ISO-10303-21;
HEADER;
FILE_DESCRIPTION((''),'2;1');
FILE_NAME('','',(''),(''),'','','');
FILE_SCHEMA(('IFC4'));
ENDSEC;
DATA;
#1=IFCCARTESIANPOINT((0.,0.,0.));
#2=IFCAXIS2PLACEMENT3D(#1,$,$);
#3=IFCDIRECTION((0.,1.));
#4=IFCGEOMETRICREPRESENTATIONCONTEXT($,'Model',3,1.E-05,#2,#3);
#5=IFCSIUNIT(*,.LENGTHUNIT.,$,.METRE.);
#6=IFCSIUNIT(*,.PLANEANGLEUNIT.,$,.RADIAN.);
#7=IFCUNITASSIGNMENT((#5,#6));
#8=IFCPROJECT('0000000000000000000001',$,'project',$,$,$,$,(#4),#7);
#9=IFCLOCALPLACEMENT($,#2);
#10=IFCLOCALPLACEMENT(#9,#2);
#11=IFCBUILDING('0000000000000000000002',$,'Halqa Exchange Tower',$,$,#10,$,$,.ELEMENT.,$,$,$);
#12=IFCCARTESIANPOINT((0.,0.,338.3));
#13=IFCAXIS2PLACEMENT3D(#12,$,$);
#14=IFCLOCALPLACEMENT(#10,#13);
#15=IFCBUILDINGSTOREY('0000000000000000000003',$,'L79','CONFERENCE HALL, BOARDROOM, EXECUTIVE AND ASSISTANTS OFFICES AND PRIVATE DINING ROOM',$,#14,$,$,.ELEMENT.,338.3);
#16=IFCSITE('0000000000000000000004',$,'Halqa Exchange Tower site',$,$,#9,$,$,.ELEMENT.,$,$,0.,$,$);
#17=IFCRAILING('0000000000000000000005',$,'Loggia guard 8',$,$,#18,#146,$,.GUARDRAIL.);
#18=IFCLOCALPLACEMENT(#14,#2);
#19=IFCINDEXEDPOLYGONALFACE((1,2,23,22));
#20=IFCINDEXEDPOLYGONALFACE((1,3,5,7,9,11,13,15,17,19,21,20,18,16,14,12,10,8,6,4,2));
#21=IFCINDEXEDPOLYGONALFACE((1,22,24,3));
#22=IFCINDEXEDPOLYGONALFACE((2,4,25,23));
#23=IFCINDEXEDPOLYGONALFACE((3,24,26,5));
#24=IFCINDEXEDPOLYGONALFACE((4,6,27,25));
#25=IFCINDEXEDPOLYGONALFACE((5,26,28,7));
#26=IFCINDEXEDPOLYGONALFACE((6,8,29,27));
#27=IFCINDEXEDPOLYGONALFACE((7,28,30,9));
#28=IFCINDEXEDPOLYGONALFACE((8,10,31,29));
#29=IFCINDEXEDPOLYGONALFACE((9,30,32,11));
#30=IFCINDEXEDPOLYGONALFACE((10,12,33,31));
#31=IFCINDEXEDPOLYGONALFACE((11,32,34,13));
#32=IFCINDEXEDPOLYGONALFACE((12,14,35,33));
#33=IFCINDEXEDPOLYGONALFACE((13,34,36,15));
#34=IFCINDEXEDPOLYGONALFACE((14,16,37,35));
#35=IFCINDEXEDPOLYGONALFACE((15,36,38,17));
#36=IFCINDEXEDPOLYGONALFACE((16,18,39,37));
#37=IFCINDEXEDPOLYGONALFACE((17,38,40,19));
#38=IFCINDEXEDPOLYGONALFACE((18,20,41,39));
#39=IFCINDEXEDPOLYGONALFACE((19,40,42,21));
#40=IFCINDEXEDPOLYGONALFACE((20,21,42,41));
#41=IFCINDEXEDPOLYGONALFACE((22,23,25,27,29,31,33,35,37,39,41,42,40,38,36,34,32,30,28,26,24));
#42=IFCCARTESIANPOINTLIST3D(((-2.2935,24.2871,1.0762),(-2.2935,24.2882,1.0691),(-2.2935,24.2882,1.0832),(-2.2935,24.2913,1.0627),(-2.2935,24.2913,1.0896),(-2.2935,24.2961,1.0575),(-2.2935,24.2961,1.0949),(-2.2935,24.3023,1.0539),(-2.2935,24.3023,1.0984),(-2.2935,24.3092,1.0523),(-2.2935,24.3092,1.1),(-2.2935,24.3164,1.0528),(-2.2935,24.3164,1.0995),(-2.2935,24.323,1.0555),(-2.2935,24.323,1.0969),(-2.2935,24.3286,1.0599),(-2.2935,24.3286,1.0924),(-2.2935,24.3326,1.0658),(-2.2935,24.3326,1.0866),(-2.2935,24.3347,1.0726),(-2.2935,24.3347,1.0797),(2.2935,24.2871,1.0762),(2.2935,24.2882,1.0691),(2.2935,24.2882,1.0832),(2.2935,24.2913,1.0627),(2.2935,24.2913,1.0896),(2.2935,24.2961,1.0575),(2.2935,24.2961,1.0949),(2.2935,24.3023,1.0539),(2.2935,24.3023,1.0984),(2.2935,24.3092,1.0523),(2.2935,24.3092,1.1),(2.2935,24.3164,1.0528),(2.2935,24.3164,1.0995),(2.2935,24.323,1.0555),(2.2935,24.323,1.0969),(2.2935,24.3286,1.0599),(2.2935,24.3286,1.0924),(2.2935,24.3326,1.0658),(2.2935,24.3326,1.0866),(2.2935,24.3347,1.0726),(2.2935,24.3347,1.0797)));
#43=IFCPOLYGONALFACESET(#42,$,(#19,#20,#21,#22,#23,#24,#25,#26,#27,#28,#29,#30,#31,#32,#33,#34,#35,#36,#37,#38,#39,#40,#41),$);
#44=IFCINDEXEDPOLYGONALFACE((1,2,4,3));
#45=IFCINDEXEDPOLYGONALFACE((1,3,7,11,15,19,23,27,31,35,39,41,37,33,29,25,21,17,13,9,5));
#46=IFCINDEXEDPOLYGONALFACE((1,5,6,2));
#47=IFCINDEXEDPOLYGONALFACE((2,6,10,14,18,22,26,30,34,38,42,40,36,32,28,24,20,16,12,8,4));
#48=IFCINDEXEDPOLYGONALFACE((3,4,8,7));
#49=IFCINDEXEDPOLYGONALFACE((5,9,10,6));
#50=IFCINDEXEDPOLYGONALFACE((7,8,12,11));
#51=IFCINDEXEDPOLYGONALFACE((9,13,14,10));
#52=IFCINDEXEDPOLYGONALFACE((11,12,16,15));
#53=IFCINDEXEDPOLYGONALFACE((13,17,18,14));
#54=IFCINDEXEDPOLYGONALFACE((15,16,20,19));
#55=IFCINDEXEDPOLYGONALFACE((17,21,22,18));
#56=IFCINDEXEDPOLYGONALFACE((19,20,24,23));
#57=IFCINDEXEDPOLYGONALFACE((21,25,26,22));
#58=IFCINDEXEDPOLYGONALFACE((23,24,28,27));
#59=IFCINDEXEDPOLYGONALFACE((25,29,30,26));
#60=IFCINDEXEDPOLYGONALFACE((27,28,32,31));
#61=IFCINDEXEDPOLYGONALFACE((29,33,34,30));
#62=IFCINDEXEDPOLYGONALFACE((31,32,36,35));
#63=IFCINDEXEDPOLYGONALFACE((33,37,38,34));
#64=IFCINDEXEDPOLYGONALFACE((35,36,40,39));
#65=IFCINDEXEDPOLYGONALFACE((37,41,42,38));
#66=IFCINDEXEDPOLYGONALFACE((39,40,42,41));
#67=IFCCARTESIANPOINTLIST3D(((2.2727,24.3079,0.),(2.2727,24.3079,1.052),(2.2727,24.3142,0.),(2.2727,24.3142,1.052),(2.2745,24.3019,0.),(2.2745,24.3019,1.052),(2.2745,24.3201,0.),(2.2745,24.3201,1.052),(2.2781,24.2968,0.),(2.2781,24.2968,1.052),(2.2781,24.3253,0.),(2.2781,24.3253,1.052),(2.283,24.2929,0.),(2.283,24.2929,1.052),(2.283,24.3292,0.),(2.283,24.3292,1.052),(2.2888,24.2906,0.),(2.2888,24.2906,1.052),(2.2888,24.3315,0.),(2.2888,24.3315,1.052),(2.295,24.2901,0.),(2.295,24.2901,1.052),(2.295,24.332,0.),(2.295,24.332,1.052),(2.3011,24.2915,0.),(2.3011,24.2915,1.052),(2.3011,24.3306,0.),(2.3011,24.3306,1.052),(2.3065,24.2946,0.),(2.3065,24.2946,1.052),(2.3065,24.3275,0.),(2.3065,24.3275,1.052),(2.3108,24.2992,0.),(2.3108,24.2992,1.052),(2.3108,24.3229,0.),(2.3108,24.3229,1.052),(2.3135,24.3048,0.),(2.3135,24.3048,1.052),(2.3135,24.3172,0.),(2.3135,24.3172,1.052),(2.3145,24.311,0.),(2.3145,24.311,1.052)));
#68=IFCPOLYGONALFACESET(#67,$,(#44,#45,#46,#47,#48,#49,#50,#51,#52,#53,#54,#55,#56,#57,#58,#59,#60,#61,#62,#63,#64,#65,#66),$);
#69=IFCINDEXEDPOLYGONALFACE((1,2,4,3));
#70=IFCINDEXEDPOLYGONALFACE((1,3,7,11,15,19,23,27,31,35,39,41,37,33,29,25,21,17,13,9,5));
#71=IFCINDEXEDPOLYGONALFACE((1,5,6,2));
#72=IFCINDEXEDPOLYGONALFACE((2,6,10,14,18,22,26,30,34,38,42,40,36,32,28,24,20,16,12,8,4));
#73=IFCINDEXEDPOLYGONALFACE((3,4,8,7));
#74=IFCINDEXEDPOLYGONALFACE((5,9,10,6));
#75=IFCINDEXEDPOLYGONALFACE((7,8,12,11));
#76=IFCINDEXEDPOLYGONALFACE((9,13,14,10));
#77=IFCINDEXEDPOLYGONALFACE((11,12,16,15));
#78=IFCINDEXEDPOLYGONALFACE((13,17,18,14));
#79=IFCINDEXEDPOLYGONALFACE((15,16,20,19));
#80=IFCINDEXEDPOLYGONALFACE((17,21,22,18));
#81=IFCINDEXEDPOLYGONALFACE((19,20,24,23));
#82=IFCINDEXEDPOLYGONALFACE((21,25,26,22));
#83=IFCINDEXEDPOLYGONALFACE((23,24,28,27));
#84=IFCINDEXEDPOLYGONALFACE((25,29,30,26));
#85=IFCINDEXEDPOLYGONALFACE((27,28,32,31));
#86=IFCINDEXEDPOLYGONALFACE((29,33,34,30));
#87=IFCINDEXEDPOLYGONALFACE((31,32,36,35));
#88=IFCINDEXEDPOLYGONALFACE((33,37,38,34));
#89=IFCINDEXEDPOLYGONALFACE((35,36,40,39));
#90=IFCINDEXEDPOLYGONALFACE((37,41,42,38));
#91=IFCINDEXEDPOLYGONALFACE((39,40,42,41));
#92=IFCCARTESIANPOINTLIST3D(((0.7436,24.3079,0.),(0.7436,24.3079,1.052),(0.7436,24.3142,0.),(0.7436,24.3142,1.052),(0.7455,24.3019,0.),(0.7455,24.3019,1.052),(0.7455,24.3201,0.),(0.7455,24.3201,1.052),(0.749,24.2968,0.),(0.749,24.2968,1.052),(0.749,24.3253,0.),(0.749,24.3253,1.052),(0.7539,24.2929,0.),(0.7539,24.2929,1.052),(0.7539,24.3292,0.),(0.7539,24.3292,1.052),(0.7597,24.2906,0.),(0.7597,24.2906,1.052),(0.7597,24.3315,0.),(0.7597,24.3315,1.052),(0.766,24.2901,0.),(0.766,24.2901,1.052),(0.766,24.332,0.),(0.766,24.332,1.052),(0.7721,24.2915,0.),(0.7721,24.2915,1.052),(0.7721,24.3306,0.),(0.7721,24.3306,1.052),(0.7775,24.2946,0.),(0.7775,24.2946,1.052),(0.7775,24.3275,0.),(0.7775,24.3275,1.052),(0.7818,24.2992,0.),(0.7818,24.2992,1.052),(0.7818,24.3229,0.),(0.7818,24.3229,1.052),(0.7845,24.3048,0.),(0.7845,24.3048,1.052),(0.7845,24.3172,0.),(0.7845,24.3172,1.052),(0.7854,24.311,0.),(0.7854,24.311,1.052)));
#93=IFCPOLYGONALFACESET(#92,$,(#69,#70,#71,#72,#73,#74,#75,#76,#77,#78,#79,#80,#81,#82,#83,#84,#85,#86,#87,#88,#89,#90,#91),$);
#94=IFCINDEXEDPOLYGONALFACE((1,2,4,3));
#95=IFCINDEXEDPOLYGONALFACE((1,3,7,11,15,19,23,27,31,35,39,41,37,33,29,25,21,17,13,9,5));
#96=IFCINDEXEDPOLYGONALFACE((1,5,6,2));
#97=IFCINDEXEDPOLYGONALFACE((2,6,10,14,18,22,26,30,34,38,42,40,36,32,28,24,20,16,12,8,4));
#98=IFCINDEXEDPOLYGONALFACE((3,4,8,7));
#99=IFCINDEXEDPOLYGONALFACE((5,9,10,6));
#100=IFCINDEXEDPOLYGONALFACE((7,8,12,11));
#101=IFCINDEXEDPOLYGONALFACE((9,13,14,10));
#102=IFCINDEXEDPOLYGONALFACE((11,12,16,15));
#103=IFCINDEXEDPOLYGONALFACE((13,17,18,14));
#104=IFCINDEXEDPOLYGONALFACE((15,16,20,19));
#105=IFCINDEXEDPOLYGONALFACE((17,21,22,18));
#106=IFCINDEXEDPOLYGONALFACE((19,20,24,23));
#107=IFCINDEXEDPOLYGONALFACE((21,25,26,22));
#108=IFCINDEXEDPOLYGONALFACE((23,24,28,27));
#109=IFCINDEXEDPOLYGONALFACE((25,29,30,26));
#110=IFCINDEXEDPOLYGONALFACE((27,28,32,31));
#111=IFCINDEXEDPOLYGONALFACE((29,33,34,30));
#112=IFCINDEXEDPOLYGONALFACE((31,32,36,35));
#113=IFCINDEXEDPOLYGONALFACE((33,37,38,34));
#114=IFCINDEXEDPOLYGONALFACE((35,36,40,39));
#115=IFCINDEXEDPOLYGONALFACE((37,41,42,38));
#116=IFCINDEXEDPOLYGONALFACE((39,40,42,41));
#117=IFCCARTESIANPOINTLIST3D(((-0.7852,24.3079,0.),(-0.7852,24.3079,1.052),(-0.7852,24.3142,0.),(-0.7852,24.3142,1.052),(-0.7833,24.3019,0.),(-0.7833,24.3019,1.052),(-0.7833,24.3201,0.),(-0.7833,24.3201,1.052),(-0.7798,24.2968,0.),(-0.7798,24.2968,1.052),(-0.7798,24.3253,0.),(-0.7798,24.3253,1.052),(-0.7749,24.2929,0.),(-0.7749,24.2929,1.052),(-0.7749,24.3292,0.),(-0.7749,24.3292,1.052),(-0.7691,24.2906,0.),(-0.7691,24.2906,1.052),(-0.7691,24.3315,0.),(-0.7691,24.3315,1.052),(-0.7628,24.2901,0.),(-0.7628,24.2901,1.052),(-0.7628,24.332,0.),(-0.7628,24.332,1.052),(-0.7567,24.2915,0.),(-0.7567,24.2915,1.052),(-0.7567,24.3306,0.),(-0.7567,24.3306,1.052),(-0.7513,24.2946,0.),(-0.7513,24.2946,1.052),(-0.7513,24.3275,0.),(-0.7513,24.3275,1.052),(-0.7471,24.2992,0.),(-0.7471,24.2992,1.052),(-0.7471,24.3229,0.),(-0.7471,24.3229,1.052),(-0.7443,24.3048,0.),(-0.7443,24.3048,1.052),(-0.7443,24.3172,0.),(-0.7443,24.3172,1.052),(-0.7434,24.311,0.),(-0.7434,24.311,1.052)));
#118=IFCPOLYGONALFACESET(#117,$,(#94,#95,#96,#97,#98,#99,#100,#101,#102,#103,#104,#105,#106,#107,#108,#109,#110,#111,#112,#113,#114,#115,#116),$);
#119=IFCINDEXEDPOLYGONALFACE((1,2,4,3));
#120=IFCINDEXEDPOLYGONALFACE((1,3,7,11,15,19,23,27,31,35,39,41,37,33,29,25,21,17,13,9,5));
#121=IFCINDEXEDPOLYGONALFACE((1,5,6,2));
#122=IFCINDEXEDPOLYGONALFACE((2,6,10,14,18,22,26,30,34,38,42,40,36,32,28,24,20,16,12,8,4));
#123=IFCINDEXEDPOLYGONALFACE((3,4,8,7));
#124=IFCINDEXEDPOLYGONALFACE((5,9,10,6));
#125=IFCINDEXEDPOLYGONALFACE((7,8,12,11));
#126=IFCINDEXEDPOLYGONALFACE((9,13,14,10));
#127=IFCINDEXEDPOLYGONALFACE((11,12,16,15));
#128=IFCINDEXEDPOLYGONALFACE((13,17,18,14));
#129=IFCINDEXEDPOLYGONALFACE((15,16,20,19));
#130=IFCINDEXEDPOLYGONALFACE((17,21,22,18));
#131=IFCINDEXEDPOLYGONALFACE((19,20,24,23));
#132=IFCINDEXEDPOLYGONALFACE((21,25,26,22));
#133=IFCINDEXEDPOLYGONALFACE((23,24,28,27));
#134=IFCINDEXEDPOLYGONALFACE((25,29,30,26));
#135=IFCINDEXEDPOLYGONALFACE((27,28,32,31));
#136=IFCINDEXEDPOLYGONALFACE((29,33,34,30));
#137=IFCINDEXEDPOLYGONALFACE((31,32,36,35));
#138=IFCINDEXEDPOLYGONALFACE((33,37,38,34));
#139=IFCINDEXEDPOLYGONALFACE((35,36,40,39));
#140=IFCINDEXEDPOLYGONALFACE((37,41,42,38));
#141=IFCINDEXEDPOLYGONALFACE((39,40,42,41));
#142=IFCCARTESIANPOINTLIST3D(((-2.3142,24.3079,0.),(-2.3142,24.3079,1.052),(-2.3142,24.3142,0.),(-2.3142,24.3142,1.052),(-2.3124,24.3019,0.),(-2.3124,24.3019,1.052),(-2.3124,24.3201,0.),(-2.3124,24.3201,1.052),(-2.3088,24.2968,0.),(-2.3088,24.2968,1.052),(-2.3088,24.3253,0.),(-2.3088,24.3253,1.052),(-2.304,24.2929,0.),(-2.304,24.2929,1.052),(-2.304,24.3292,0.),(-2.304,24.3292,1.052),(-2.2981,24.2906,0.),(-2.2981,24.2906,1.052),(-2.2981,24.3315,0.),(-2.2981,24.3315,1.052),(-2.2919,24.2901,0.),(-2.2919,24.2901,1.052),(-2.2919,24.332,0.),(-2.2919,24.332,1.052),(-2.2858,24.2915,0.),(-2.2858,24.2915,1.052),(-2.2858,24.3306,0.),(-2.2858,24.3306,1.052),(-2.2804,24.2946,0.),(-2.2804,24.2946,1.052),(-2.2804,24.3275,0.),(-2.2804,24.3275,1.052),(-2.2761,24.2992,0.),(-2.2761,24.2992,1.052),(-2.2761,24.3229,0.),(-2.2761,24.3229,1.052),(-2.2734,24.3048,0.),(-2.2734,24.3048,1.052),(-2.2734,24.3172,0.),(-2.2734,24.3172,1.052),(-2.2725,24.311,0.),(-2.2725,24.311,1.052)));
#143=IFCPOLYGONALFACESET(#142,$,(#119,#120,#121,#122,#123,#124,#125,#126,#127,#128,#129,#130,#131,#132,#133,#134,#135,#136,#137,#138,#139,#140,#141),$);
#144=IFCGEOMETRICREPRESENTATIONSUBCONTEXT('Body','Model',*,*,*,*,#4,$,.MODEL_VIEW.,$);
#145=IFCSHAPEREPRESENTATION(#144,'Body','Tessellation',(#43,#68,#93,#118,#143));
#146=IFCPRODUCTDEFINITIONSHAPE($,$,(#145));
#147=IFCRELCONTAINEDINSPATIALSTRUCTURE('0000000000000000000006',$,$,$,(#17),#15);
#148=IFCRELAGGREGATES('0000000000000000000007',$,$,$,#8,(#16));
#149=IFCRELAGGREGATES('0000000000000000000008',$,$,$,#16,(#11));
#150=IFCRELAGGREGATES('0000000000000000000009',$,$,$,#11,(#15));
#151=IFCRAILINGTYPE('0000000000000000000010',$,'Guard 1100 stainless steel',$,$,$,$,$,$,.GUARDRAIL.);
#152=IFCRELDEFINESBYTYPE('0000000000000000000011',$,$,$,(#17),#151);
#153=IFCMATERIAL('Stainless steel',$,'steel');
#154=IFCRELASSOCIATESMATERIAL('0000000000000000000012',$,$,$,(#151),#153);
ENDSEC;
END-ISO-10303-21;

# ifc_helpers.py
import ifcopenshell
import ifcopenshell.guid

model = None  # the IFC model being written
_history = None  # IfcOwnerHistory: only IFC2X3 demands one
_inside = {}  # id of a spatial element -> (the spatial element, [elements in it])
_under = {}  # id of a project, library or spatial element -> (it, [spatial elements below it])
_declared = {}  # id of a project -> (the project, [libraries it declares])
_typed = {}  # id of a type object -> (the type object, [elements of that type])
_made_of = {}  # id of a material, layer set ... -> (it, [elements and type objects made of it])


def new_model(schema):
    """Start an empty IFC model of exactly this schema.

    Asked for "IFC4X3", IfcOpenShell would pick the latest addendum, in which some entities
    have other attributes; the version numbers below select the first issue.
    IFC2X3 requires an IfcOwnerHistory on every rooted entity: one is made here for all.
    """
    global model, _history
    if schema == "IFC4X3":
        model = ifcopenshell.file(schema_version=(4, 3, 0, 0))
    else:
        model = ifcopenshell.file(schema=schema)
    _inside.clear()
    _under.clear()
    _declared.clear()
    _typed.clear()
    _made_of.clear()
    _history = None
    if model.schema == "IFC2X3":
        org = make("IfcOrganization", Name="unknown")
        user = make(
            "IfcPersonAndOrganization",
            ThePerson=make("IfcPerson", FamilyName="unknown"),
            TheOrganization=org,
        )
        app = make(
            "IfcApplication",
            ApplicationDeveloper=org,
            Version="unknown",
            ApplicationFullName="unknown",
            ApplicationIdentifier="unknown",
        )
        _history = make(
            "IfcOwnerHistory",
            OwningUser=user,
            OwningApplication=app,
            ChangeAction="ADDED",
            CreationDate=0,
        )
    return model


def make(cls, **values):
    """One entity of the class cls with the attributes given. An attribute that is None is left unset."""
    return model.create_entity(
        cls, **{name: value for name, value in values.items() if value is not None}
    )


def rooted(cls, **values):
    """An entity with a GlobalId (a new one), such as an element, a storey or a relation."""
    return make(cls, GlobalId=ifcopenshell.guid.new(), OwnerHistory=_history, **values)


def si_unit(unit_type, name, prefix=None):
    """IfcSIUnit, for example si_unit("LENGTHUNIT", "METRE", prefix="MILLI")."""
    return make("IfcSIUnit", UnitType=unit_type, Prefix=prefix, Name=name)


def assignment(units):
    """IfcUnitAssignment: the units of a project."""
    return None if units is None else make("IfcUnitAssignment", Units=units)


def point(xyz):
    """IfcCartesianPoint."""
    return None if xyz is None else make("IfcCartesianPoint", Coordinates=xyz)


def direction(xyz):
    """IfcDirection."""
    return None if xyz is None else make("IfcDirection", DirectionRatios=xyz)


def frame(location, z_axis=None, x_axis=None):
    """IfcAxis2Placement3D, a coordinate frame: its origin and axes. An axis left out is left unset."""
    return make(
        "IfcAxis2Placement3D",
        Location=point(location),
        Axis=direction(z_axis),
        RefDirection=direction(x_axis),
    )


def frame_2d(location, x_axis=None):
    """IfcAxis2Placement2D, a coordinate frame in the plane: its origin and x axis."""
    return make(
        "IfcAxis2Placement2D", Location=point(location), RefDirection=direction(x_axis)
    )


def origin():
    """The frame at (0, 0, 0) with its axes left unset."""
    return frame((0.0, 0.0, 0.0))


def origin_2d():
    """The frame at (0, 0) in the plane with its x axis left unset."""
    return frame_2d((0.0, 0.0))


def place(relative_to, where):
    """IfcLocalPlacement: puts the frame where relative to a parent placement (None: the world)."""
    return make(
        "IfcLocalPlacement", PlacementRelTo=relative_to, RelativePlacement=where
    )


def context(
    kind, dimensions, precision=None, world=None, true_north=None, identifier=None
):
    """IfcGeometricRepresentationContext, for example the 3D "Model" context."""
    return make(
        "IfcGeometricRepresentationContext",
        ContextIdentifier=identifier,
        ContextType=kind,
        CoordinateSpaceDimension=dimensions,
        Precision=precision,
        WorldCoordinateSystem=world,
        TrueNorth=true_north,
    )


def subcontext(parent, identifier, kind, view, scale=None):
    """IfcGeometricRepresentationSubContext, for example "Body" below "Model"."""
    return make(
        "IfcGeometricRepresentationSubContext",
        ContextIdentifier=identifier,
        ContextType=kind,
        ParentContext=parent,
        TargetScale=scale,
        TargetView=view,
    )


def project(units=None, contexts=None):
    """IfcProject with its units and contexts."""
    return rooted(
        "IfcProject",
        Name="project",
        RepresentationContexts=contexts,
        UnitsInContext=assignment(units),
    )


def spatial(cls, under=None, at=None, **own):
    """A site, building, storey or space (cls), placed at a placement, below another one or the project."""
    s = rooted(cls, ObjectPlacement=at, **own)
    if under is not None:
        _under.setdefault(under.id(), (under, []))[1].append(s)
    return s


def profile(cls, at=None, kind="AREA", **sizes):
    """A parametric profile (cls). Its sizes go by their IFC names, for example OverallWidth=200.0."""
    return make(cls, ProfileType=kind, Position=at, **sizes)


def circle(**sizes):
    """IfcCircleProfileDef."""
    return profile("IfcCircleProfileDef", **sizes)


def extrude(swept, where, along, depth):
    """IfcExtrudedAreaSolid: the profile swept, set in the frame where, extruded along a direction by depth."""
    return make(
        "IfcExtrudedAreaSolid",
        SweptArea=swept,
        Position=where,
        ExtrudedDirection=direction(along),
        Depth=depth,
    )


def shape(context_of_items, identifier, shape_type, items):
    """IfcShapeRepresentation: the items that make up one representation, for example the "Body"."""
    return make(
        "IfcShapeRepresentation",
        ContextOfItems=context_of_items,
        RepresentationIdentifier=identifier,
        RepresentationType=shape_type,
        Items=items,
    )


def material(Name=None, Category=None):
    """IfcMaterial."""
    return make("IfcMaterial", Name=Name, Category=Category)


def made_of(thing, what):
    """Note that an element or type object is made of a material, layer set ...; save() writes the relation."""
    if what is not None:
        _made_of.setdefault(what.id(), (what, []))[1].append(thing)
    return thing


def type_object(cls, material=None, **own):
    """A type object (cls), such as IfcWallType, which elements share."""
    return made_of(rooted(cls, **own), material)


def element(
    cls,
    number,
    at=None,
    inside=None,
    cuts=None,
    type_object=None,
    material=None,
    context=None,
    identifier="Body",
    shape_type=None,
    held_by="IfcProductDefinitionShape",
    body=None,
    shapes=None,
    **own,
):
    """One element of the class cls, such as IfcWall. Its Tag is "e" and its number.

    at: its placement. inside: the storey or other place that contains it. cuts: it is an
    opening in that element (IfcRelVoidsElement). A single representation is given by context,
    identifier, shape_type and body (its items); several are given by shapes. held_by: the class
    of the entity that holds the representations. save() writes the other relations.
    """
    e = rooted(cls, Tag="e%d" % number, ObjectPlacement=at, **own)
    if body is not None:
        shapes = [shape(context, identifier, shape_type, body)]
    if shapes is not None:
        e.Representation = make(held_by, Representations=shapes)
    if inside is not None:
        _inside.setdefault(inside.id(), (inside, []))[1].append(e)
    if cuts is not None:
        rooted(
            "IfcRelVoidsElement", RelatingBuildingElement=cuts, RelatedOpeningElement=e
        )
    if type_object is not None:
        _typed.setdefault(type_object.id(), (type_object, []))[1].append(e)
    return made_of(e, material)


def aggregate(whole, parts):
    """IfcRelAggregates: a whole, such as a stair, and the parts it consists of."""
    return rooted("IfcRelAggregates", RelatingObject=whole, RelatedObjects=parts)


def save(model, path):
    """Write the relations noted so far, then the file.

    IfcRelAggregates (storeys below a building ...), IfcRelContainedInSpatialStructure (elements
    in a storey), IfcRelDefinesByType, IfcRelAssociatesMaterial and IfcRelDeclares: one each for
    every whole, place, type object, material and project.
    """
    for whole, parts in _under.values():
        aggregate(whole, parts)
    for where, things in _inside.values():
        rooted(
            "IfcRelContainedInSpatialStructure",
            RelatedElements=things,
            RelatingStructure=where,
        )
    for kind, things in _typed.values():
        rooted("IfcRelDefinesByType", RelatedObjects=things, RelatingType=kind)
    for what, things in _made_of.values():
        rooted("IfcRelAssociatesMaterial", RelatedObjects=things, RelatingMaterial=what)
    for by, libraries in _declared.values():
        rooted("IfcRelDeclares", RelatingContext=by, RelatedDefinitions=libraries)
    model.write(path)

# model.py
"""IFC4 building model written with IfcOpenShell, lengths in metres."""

from ifc_helpers import new_model, si_unit, direction, frame, origin, origin_2d, place, context, subcontext, project, spatial, circle, extrude, material, type_object, element, save


model = new_model("IFC4")

# Units and contexts
model_context = context("Model", 3, precision=1e-05, world=origin(), true_north=direction((0.0, 1.0)))
body_context = subcontext(model_context, "Body", "Model", "MODEL_VIEW")
ifc_project = project(units=[si_unit("LENGTHUNIT", "METRE"), si_unit("PLANEANGLEUNIT", "RADIAN")], contexts=[model_context])

# Site, building, storey
site_placement = place(None, origin())
site = spatial("IfcSite", under=ifc_project, at=site_placement, Name="Halqa Exchange Tower site", CompositionType="ELEMENT", RefElevation=0.0)
building_placement = place(site_placement, origin())
building = spatial("IfcBuilding", under=site, at=building_placement, Name="Halqa Exchange Tower", CompositionType="ELEMENT")
storey_placement = place(building_placement, frame((0.0, 0.0, 338.3)))
storey = spatial("IfcBuildingStorey", under=building, at=storey_placement, Name="L79", Description="CONFERENCE HALL, BOARDROOM, EXECUTIVE AND ASSISTANTS OFFICES AND PRIVATE DINING ROOM", CompositionType="ELEMENT", Elevation=338.3)

# Railing
ifc_material_1 = material(Name="Stainless steel", Category="steel")
railing_type = type_object("IfcRailingType", Name="Guard 1100 stainless steel", PredefinedType="GUARDRAIL", material=ifc_material_1)
railing_1_placement = place(storey_placement, frame((2.2935, 24.311, 0.0)))
element("IfcRailing", 1, at=railing_1_placement, inside=storey, type_object=railing_type, Name="Loggia guard 8", PredefinedType="GUARDRAIL", context=body_context, shape_type="SweptSolid", body=[
    extrude(circle(Radius=0.0239, at=origin_2d()), frame((0.0, 0.0, 1.0762), z_axis=(-1.0, 0.0, 0.0), x_axis=(0.0, -1.0, 0.0)), (0.0, 0.0, 1.0), 4.5869),
    extrude(circle(Radius=0.021, at=origin_2d()), origin(), (0.0, 0.0, 1.0), 1.052),
    extrude(circle(Radius=0.021, at=origin_2d()), frame((-1.5291, 0.0, 0.0)), (0.0, 0.0, 1.0), 1.052),
    extrude(circle(Radius=0.021, at=origin_2d()), frame((-3.0579, 0.0, 0.0)), (0.0, 0.0, 1.0), 1.052),
    extrude(circle(Radius=0.021, at=origin_2d()), frame((-4.5869, 0.0, 0.0)), (0.0, 0.0, 1.0), 1.052),
])

save(model, "model.ifc")
